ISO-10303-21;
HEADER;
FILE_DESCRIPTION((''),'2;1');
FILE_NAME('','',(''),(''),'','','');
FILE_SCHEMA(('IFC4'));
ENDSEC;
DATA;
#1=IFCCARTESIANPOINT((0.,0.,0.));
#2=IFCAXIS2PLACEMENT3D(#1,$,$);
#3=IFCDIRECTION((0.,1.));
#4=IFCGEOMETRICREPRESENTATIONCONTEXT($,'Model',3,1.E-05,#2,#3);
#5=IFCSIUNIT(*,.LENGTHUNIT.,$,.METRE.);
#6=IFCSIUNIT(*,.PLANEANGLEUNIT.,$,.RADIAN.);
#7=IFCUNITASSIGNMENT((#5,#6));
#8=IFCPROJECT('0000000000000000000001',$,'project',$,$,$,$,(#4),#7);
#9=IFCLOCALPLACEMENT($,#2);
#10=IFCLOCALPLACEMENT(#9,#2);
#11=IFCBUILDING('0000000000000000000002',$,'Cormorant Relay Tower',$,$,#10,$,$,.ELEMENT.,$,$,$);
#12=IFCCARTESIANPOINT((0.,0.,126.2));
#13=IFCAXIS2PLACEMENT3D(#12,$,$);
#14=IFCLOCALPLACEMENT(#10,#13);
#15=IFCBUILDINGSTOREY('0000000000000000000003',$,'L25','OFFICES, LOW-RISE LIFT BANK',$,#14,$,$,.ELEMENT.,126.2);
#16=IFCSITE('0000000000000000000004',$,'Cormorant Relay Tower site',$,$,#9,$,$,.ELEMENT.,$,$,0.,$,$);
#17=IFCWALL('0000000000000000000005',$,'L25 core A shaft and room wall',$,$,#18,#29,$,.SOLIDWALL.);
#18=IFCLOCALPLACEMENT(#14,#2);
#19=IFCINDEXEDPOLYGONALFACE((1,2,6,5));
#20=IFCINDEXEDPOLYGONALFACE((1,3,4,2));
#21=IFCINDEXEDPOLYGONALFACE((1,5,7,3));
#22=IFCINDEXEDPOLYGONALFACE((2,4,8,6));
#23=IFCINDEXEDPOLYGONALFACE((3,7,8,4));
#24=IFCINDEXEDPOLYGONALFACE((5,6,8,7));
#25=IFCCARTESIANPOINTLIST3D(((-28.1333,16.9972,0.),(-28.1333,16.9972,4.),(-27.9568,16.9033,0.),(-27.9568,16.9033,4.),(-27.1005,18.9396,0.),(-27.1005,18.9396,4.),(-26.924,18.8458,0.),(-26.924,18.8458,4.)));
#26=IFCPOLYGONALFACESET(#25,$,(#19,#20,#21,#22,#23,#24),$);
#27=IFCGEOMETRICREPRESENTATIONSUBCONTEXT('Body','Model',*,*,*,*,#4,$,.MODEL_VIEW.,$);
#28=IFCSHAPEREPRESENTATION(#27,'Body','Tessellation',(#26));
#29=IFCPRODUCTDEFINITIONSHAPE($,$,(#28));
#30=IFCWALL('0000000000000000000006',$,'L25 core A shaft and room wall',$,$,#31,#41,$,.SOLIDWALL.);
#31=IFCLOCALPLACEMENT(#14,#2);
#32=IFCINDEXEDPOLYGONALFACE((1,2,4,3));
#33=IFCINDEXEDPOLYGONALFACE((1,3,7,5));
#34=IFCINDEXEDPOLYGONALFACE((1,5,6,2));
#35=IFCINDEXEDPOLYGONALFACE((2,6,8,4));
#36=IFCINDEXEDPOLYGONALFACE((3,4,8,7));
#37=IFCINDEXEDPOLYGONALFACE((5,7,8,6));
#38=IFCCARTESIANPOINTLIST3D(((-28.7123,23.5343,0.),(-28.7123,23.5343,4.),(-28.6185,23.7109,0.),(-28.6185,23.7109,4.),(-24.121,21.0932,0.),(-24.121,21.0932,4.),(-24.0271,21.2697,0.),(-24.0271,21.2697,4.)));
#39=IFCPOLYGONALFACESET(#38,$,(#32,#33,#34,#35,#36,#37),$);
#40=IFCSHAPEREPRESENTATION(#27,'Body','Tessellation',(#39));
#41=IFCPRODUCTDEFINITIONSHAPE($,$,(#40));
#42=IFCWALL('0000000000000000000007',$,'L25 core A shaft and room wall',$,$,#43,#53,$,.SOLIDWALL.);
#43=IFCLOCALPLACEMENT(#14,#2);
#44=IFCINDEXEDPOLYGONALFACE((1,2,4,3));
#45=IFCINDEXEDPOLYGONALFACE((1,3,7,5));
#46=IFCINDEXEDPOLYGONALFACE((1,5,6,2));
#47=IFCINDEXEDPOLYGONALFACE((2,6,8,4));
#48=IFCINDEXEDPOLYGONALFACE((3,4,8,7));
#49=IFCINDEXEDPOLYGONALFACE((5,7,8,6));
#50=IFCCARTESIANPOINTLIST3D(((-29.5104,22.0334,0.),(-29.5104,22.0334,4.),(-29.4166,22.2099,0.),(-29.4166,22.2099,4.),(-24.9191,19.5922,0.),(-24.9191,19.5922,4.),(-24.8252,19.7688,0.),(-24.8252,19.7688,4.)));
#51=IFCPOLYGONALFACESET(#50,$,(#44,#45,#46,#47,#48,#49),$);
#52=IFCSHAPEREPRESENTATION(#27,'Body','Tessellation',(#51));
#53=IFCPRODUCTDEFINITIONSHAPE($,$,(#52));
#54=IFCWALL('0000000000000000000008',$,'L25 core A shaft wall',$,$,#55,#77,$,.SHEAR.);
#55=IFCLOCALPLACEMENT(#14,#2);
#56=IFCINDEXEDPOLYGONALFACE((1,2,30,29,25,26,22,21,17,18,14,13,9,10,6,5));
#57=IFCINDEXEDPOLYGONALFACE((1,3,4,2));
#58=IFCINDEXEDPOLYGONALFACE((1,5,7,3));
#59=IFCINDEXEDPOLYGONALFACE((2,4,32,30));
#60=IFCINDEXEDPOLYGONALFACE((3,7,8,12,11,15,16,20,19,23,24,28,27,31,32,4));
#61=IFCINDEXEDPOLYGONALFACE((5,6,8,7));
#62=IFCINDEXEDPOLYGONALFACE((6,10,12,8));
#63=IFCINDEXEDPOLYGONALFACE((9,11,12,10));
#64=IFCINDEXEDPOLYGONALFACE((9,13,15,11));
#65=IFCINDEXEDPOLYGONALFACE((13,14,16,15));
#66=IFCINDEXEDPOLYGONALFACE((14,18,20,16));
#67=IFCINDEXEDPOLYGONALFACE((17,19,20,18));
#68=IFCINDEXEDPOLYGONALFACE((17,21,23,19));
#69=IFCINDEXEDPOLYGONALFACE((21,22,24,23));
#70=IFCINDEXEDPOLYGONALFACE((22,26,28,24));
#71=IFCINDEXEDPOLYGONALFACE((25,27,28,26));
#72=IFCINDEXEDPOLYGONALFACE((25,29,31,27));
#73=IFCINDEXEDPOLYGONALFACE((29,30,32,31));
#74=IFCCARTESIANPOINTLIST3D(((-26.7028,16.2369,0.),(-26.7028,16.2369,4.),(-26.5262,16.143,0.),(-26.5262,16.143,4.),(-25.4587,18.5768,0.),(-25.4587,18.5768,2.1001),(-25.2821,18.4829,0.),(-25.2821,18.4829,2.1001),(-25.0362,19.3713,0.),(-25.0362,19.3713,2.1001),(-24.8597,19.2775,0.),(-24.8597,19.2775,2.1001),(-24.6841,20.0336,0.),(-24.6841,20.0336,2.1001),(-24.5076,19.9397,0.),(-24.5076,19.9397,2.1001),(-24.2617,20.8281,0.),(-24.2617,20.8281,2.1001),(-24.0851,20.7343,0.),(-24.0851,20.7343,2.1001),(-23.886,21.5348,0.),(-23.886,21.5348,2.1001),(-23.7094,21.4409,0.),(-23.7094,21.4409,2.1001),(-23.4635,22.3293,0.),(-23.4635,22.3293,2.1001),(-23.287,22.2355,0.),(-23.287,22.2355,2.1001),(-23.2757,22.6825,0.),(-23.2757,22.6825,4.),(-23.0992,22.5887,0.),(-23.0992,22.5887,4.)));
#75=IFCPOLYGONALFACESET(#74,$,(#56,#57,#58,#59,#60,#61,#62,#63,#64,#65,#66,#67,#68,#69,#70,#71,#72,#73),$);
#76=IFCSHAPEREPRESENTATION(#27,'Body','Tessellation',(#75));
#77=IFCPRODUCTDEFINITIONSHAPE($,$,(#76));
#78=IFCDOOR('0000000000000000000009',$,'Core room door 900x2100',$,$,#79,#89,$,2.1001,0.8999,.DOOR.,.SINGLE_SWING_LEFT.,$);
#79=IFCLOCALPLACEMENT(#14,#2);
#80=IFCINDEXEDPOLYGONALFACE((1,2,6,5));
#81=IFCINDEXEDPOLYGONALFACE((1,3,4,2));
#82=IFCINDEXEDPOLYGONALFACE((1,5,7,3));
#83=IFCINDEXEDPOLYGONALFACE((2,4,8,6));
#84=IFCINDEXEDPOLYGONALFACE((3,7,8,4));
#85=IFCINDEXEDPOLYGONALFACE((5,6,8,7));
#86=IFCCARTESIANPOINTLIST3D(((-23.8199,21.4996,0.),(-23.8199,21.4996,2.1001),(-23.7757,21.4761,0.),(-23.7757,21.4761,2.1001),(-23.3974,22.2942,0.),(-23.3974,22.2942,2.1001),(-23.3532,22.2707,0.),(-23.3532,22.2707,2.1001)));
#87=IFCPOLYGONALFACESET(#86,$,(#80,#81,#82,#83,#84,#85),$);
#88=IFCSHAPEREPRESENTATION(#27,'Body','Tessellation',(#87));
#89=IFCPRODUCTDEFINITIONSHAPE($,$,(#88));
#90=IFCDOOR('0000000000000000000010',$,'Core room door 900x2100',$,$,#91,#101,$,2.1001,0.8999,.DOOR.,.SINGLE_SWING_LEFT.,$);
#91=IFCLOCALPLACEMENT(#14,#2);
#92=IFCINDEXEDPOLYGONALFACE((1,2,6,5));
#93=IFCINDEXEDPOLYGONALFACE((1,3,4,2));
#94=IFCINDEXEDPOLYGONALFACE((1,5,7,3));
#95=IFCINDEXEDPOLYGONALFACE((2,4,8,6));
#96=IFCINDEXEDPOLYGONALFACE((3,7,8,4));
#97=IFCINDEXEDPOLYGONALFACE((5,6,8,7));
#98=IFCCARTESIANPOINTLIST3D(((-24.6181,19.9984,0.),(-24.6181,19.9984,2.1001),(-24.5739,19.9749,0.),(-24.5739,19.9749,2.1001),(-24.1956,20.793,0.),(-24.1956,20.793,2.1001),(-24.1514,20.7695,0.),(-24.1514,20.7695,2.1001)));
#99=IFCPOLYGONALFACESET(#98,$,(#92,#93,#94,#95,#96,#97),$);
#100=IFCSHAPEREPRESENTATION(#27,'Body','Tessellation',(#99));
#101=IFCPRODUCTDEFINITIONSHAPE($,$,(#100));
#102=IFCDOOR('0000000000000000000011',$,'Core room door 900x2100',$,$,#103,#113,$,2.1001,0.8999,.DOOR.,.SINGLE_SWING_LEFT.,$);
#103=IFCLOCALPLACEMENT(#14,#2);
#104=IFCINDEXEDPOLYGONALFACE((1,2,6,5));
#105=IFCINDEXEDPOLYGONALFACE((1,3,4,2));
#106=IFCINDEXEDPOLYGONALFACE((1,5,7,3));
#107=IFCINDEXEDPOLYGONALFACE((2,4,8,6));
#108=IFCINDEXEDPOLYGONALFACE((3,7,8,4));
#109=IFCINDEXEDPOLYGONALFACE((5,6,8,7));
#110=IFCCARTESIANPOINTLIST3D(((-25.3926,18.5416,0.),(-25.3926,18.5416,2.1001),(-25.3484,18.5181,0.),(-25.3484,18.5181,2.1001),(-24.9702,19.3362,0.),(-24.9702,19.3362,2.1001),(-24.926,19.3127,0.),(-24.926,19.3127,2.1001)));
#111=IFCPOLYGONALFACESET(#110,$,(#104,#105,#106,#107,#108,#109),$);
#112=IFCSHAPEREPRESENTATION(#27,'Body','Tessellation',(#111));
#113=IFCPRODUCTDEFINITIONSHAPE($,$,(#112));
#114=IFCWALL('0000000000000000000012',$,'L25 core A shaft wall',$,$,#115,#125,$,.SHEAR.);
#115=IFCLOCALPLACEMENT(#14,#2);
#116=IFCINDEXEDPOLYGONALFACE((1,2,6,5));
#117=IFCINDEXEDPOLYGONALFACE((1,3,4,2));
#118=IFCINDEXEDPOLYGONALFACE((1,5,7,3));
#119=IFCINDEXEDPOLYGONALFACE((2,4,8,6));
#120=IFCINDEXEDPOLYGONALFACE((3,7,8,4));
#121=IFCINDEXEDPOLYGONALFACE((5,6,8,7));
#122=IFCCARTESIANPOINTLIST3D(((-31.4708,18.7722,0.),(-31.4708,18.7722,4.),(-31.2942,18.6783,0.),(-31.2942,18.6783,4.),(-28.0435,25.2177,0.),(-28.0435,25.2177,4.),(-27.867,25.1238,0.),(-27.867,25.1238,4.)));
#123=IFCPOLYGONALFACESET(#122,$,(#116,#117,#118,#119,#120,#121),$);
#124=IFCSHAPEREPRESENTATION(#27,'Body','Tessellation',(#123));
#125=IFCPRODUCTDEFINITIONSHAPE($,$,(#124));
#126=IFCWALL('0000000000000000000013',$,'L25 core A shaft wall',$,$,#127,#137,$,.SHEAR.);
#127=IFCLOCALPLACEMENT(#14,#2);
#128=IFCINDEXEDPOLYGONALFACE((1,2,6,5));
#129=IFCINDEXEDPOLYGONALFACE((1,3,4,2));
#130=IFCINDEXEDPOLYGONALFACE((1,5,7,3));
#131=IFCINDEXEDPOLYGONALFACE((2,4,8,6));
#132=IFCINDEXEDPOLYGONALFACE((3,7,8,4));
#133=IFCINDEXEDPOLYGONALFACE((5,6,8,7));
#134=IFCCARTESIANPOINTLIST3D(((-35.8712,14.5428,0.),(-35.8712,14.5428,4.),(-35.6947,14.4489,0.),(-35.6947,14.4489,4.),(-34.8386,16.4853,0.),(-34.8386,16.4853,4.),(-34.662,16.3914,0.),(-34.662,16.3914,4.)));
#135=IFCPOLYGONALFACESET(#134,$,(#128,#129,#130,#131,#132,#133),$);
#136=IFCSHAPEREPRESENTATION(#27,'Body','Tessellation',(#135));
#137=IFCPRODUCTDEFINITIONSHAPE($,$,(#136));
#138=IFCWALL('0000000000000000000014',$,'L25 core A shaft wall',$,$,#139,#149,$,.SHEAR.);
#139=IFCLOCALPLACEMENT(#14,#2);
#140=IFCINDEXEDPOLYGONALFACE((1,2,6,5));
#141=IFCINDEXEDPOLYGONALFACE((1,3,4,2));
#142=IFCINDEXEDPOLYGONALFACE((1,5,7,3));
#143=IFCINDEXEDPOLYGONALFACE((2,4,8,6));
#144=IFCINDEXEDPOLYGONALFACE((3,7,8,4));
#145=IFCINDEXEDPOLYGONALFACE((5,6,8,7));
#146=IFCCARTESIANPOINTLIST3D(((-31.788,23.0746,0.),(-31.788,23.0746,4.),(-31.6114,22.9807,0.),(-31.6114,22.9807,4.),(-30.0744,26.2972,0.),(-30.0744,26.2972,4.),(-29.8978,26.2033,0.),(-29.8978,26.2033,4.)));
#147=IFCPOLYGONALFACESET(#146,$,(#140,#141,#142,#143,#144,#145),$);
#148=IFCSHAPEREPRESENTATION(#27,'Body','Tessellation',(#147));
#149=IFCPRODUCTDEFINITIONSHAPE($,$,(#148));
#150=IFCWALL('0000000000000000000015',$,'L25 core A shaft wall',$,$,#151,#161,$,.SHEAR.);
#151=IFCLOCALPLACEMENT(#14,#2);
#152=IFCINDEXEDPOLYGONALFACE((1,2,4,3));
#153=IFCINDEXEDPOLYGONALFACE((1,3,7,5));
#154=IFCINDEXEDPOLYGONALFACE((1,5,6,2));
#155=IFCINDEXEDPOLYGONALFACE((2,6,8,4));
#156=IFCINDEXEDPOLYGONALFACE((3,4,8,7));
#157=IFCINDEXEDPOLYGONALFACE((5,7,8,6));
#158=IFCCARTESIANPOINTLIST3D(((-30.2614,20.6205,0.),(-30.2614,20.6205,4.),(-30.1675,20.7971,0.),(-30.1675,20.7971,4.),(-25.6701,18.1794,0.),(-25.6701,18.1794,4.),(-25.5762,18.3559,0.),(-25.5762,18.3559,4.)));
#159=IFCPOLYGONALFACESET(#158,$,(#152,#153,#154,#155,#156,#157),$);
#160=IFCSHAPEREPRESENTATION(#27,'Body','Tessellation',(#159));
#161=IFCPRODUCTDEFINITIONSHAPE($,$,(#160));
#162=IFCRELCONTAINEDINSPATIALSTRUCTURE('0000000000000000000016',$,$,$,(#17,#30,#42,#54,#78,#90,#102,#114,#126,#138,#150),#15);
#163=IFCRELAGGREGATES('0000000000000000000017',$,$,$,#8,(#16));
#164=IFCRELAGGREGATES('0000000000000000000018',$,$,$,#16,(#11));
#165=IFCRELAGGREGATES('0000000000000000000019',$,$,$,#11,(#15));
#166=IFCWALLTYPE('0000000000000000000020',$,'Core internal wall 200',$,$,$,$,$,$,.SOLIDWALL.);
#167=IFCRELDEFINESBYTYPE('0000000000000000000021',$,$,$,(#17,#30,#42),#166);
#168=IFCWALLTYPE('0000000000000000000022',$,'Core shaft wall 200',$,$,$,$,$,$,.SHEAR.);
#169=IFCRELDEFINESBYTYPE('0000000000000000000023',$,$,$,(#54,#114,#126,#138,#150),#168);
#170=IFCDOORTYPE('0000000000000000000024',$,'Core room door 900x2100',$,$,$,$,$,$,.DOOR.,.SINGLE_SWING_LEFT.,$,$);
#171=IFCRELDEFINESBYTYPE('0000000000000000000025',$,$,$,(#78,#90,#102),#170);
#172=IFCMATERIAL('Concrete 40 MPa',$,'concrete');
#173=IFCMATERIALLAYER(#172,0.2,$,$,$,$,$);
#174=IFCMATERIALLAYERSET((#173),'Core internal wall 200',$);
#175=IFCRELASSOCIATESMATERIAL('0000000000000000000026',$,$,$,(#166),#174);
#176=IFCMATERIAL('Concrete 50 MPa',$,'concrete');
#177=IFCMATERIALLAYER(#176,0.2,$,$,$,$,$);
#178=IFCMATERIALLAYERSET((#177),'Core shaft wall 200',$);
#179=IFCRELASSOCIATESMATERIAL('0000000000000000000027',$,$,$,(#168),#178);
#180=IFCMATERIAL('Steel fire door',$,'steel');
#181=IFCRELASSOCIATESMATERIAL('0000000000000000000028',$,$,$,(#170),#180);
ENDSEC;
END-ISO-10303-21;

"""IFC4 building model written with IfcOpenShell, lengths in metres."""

from ifc_helpers import new_model, si_unit, direction, frame, frame_2d, origin, place, context, subcontext, project, spatial, rectangle, extrude, material, layer, layer_set, type_object, element, fill, save


model = new_model("IFC4")

# Units and contexts
model_context = context("Model", 3, precision=1e-05, world=origin(), true_north=direction((0.0, 1.0)))
body_context = subcontext(model_context, "Body", "Model", "MODEL_VIEW")
ifc_project = project(units=[si_unit("LENGTHUNIT", "METRE"), si_unit("PLANEANGLEUNIT", "RADIAN")], contexts=[model_context])

# Site, building, storey
site_placement = place(None, origin())
site = spatial("IfcSite", under=ifc_project, at=site_placement, Name="Cormorant Relay Tower site", CompositionType="ELEMENT", RefElevation=0.0)
building_placement = place(site_placement, origin())
building = spatial("IfcBuilding", under=site, at=building_placement, Name="Cormorant Relay Tower", CompositionType="ELEMENT")
storey_placement = place(building_placement, frame((0.0, 0.0, 126.2)))
storey = spatial("IfcBuildingStorey", under=building, at=storey_placement, Name="L25", Description="OFFICES, LOW-RISE LIFT BANK", CompositionType="ELEMENT", Elevation=126.2)

# Walls
ifc_material_1 = material(Name="Concrete 40 MPa", Category="concrete")
ifc_layer_1 = layer(ifc_material_1, 0.2)
ifc_layer_set_1 = layer_set([ifc_layer_1], Name="Core internal wall 200")
wall_type_1 = type_object("IfcWallType", Name="Core internal wall 200", PredefinedType="SOLIDWALL", material=ifc_layer_set_1)
wall_1_placement = place(storey_placement, frame((-27.0122, 18.8928, 0.0), z_axis=(0.0, 0.0, 1.0), x_axis=(-0.469447, -0.88296, 0.0)))
element("IfcWall", 1, at=wall_1_placement, inside=storey, type_object=wall_type_1, Name="L25 core A shaft and room wall", PredefinedType="SOLIDWALL", context=body_context, shape_type="SweptSolid", body=[
    extrude(rectangle(XDim=2.2, YDim=0.2, at=frame_2d((1.1001, 0.0))), origin(), (0.0, 0.0, 1.0), 4.0),
])
for number, where, z_axis, x_axis, name in (
    (2, (-24.074, 21.1814, 0.0), (0.0, 0.0, 1.0), (-0.882954, 0.46946, 0.0), "L25 core A shaft and room wall"),
    (3, (-24.8721, 19.6804, 0.0), (0.0, 0.0, 1.0), (-0.882954, 0.46946, 0.0), "L25 core A shaft and room wall"),
):
    element("IfcWall", number, at=place(storey_placement, frame(where, z_axis=z_axis, x_axis=x_axis)), inside=storey, type_object=wall_type_1, Name=name, PredefinedType="SOLIDWALL", context=body_context, shape_type="SweptSolid", body=[
        extrude(rectangle(XDim=5.2, YDim=0.2, at=frame_2d((2.6001, 0.0))), origin(), (0.0, 0.0, 1.0), 4.0),
    ])

# Wall, openings, doors
ifc_material_2 = material(Name="Concrete 50 MPa", Category="concrete")
ifc_layer_2 = layer(ifc_material_2, 0.2)
ifc_layer_set_2 = layer_set([ifc_layer_2], Name="Core shaft wall 200")
wall_type_2 = type_object("IfcWallType", Name="Core shaft wall 200", PredefinedType="SHEAR", material=ifc_layer_set_2)
wall_2_placement = place(storey_placement, frame((-23.1875, 22.6355, 0.0), z_axis=(0.0, 0.0, 1.0), x_axis=(-0.469454, -0.882957, 0.0)))
wall_2 = element("IfcWall", 4, at=wall_2_placement, inside=storey, type_object=wall_type_2, Name="L25 core A shaft wall", PredefinedType="SHEAR", context=body_context, shape_type="SweptSolid", body=[
    extrude(rectangle(XDim=7.3, YDim=0.2, at=frame_2d((3.6499, 0.0))), origin(), (0.0, 0.0, 1.0), 4.0),
])
opening_1_placement = place(wall_2_placement, frame((0.3999, 0.0, 0.0)))
opening_1 = element("IfcOpeningElement", 5, at=opening_1_placement, cuts=wall_2, PredefinedType="OPENING", context=body_context, shape_type="SweptSolid", body=[
    extrude(rectangle(XDim=0.8999, YDim=2.1001, at=frame_2d((0.45, 1.05))), frame((0.0, 0.1099, 0.0), z_axis=(0.0, -1.0, 0.0), x_axis=(1.0, 0.0, 0.0)), (0.0, 0.0, 1.0), 0.22),
])
opening_2_placement = place(wall_2_placement, frame((2.1001, 0.0, 0.0)))
opening_2 = element("IfcOpeningElement", 6, at=opening_2_placement, cuts=wall_2, PredefinedType="OPENING", context=body_context, shape_type="SweptSolid", body=[
    extrude(rectangle(XDim=0.8999, YDim=2.1001, at=frame_2d((0.45, 1.05))), frame((0.0, 0.1099, 0.0), z_axis=(0.0, -1.0, 0.0), x_axis=(1.0, 0.0, 0.0)), (0.0, 0.0, 1.0), 0.22),
])
opening_3_placement = place(wall_2_placement, frame((3.75, 0.0, 0.0)))
opening_3 = element("IfcOpeningElement", 7, at=opening_3_placement, cuts=wall_2, PredefinedType="OPENING", context=body_context, shape_type="SweptSolid", body=[
    extrude(rectangle(XDim=0.8999, YDim=2.1001, at=frame_2d((0.45, 1.05))), frame((0.0, 0.1099, 0.0), z_axis=(0.0, -1.0, 0.0), x_axis=(1.0, 0.0, 0.0)), (0.0, 0.0, 1.0), 0.22),
])
ifc_material_3 = material(Name="Steel fire door", Category="steel")
door_type_1 = type_object("IfcDoorType", Name="Core room door 900x2100", OperationType="SINGLE_SWING_LEFT", PredefinedType="DOOR", material=ifc_material_3)
door_1_placement = place(opening_1_placement, origin())
door_1 = element("IfcDoor", 8, at=door_1_placement, inside=storey, type_object=door_type_1, Name="Core room door 900x2100", OperationType="SINGLE_SWING_LEFT", OverallHeight=2.1001, OverallWidth=0.8999, PredefinedType="DOOR", context=body_context, shape_type="SweptSolid", body=[
    extrude(rectangle(XDim=0.8999, YDim=2.1001, at=frame_2d((0.45, 1.05))), frame((0.0, 0.0249, 0.0), z_axis=(0.0, -1.0, 0.0), x_axis=(1.0, 0.0, 0.0)), (0.0, 0.0, 1.0), 0.05),
])
fill(opening_1, door_1)
door_2_placement = place(opening_2_placement, origin())
door_2 = element("IfcDoor", 9, at=door_2_placement, inside=storey, type_object=door_type_1, Name="Core room door 900x2100", OperationType="SINGLE_SWING_LEFT", OverallHeight=2.1001, OverallWidth=0.8999, PredefinedType="DOOR", context=body_context, shape_type="SweptSolid", body=[
    extrude(rectangle(XDim=0.8999, YDim=2.1001, at=frame_2d((0.45, 1.05))), frame((0.0, 0.0249, 0.0), z_axis=(0.0, -1.0, 0.0), x_axis=(1.0, 0.0, 0.0)), (0.0, 0.0, 1.0), 0.05),
])
fill(opening_2, door_2)
door_3_placement = place(opening_3_placement, origin())
door_3 = element("IfcDoor", 10, at=door_3_placement, inside=storey, type_object=door_type_1, Name="Core room door 900x2100", OperationType="SINGLE_SWING_LEFT", OverallHeight=2.1001, OverallWidth=0.8999, PredefinedType="DOOR", context=body_context, shape_type="SweptSolid", body=[
    extrude(rectangle(XDim=0.8999, YDim=2.1001, at=frame_2d((0.45, 1.05))), frame((0.0, 0.0249, 0.0), z_axis=(0.0, -1.0, 0.0), x_axis=(1.0, 0.0, 0.0)), (0.0, 0.0, 1.0), 0.05),
])
fill(opening_3, door_3)

# Walls
wall_3_placement = place(storey_placement, frame((-27.9553, 25.1707, 0.0), z_axis=(0.0, 0.0, 1.0), x_axis=(-0.46948, -0.882943, 0.0)))
element("IfcWall", 11, at=wall_3_placement, inside=storey, type_object=wall_type_2, Name="L25 core A shaft wall", PredefinedType="SHEAR", context=body_context, shape_type="SweptSolid", body=[
    extrude(rectangle(XDim=7.3, YDim=0.2, at=frame_2d((3.6499, 0.0))), origin(), (0.0, 0.0, 1.0), 4.0),
])
wall_4_placement = place(storey_placement, frame((-34.7502, 16.4385, 0.0), z_axis=(0.0, 0.0, 1.0), x_axis=(-0.469401, -0.882985, 0.0)))
element("IfcWall", 12, at=wall_4_placement, inside=storey, type_object=wall_type_2, Name="L25 core A shaft wall", PredefinedType="SHEAR", context=body_context, shape_type="SweptSolid", body=[
    extrude(rectangle(XDim=2.2, YDim=0.2, at=frame_2d((1.1001, 0.0))), origin(), (0.0, 0.0, 1.0), 4.0),
])
wall_5_placement = place(storey_placement, frame((-29.9861, 26.2502, 0.0), z_axis=(0.0, 0.0, 1.0), x_axis=(-0.469494, -0.882936, 0.0)))
element("IfcWall", 13, at=wall_5_placement, inside=storey, type_object=wall_type_2, Name="L25 core A shaft wall", PredefinedType="SHEAR", context=body_context, shape_type="SweptSolid", body=[
    extrude(rectangle(XDim=3.6499, YDim=0.2, at=frame_2d((1.825, 0.0))), origin(), (0.0, 0.0, 1.0), 4.0),
])

# Wall
wall_6_placement = place(storey_placement, frame((-25.623, 18.2676, 0.0), z_axis=(0.0, 0.0, 1.0), x_axis=(-0.882954, 0.46946, 0.0)))
element("IfcWall", 14, at=wall_6_placement, inside=storey, type_object=wall_type_2, Name="L25 core A shaft wall", PredefinedType="SHEAR", context=body_context, shape_type="SweptSolid", body=[
    extrude(rectangle(XDim=5.2, YDim=0.2, at=frame_2d((2.6001, 0.0))), origin(), (0.0, 0.0, 1.0), 4.0),
])

save(model, "model.ifc")
